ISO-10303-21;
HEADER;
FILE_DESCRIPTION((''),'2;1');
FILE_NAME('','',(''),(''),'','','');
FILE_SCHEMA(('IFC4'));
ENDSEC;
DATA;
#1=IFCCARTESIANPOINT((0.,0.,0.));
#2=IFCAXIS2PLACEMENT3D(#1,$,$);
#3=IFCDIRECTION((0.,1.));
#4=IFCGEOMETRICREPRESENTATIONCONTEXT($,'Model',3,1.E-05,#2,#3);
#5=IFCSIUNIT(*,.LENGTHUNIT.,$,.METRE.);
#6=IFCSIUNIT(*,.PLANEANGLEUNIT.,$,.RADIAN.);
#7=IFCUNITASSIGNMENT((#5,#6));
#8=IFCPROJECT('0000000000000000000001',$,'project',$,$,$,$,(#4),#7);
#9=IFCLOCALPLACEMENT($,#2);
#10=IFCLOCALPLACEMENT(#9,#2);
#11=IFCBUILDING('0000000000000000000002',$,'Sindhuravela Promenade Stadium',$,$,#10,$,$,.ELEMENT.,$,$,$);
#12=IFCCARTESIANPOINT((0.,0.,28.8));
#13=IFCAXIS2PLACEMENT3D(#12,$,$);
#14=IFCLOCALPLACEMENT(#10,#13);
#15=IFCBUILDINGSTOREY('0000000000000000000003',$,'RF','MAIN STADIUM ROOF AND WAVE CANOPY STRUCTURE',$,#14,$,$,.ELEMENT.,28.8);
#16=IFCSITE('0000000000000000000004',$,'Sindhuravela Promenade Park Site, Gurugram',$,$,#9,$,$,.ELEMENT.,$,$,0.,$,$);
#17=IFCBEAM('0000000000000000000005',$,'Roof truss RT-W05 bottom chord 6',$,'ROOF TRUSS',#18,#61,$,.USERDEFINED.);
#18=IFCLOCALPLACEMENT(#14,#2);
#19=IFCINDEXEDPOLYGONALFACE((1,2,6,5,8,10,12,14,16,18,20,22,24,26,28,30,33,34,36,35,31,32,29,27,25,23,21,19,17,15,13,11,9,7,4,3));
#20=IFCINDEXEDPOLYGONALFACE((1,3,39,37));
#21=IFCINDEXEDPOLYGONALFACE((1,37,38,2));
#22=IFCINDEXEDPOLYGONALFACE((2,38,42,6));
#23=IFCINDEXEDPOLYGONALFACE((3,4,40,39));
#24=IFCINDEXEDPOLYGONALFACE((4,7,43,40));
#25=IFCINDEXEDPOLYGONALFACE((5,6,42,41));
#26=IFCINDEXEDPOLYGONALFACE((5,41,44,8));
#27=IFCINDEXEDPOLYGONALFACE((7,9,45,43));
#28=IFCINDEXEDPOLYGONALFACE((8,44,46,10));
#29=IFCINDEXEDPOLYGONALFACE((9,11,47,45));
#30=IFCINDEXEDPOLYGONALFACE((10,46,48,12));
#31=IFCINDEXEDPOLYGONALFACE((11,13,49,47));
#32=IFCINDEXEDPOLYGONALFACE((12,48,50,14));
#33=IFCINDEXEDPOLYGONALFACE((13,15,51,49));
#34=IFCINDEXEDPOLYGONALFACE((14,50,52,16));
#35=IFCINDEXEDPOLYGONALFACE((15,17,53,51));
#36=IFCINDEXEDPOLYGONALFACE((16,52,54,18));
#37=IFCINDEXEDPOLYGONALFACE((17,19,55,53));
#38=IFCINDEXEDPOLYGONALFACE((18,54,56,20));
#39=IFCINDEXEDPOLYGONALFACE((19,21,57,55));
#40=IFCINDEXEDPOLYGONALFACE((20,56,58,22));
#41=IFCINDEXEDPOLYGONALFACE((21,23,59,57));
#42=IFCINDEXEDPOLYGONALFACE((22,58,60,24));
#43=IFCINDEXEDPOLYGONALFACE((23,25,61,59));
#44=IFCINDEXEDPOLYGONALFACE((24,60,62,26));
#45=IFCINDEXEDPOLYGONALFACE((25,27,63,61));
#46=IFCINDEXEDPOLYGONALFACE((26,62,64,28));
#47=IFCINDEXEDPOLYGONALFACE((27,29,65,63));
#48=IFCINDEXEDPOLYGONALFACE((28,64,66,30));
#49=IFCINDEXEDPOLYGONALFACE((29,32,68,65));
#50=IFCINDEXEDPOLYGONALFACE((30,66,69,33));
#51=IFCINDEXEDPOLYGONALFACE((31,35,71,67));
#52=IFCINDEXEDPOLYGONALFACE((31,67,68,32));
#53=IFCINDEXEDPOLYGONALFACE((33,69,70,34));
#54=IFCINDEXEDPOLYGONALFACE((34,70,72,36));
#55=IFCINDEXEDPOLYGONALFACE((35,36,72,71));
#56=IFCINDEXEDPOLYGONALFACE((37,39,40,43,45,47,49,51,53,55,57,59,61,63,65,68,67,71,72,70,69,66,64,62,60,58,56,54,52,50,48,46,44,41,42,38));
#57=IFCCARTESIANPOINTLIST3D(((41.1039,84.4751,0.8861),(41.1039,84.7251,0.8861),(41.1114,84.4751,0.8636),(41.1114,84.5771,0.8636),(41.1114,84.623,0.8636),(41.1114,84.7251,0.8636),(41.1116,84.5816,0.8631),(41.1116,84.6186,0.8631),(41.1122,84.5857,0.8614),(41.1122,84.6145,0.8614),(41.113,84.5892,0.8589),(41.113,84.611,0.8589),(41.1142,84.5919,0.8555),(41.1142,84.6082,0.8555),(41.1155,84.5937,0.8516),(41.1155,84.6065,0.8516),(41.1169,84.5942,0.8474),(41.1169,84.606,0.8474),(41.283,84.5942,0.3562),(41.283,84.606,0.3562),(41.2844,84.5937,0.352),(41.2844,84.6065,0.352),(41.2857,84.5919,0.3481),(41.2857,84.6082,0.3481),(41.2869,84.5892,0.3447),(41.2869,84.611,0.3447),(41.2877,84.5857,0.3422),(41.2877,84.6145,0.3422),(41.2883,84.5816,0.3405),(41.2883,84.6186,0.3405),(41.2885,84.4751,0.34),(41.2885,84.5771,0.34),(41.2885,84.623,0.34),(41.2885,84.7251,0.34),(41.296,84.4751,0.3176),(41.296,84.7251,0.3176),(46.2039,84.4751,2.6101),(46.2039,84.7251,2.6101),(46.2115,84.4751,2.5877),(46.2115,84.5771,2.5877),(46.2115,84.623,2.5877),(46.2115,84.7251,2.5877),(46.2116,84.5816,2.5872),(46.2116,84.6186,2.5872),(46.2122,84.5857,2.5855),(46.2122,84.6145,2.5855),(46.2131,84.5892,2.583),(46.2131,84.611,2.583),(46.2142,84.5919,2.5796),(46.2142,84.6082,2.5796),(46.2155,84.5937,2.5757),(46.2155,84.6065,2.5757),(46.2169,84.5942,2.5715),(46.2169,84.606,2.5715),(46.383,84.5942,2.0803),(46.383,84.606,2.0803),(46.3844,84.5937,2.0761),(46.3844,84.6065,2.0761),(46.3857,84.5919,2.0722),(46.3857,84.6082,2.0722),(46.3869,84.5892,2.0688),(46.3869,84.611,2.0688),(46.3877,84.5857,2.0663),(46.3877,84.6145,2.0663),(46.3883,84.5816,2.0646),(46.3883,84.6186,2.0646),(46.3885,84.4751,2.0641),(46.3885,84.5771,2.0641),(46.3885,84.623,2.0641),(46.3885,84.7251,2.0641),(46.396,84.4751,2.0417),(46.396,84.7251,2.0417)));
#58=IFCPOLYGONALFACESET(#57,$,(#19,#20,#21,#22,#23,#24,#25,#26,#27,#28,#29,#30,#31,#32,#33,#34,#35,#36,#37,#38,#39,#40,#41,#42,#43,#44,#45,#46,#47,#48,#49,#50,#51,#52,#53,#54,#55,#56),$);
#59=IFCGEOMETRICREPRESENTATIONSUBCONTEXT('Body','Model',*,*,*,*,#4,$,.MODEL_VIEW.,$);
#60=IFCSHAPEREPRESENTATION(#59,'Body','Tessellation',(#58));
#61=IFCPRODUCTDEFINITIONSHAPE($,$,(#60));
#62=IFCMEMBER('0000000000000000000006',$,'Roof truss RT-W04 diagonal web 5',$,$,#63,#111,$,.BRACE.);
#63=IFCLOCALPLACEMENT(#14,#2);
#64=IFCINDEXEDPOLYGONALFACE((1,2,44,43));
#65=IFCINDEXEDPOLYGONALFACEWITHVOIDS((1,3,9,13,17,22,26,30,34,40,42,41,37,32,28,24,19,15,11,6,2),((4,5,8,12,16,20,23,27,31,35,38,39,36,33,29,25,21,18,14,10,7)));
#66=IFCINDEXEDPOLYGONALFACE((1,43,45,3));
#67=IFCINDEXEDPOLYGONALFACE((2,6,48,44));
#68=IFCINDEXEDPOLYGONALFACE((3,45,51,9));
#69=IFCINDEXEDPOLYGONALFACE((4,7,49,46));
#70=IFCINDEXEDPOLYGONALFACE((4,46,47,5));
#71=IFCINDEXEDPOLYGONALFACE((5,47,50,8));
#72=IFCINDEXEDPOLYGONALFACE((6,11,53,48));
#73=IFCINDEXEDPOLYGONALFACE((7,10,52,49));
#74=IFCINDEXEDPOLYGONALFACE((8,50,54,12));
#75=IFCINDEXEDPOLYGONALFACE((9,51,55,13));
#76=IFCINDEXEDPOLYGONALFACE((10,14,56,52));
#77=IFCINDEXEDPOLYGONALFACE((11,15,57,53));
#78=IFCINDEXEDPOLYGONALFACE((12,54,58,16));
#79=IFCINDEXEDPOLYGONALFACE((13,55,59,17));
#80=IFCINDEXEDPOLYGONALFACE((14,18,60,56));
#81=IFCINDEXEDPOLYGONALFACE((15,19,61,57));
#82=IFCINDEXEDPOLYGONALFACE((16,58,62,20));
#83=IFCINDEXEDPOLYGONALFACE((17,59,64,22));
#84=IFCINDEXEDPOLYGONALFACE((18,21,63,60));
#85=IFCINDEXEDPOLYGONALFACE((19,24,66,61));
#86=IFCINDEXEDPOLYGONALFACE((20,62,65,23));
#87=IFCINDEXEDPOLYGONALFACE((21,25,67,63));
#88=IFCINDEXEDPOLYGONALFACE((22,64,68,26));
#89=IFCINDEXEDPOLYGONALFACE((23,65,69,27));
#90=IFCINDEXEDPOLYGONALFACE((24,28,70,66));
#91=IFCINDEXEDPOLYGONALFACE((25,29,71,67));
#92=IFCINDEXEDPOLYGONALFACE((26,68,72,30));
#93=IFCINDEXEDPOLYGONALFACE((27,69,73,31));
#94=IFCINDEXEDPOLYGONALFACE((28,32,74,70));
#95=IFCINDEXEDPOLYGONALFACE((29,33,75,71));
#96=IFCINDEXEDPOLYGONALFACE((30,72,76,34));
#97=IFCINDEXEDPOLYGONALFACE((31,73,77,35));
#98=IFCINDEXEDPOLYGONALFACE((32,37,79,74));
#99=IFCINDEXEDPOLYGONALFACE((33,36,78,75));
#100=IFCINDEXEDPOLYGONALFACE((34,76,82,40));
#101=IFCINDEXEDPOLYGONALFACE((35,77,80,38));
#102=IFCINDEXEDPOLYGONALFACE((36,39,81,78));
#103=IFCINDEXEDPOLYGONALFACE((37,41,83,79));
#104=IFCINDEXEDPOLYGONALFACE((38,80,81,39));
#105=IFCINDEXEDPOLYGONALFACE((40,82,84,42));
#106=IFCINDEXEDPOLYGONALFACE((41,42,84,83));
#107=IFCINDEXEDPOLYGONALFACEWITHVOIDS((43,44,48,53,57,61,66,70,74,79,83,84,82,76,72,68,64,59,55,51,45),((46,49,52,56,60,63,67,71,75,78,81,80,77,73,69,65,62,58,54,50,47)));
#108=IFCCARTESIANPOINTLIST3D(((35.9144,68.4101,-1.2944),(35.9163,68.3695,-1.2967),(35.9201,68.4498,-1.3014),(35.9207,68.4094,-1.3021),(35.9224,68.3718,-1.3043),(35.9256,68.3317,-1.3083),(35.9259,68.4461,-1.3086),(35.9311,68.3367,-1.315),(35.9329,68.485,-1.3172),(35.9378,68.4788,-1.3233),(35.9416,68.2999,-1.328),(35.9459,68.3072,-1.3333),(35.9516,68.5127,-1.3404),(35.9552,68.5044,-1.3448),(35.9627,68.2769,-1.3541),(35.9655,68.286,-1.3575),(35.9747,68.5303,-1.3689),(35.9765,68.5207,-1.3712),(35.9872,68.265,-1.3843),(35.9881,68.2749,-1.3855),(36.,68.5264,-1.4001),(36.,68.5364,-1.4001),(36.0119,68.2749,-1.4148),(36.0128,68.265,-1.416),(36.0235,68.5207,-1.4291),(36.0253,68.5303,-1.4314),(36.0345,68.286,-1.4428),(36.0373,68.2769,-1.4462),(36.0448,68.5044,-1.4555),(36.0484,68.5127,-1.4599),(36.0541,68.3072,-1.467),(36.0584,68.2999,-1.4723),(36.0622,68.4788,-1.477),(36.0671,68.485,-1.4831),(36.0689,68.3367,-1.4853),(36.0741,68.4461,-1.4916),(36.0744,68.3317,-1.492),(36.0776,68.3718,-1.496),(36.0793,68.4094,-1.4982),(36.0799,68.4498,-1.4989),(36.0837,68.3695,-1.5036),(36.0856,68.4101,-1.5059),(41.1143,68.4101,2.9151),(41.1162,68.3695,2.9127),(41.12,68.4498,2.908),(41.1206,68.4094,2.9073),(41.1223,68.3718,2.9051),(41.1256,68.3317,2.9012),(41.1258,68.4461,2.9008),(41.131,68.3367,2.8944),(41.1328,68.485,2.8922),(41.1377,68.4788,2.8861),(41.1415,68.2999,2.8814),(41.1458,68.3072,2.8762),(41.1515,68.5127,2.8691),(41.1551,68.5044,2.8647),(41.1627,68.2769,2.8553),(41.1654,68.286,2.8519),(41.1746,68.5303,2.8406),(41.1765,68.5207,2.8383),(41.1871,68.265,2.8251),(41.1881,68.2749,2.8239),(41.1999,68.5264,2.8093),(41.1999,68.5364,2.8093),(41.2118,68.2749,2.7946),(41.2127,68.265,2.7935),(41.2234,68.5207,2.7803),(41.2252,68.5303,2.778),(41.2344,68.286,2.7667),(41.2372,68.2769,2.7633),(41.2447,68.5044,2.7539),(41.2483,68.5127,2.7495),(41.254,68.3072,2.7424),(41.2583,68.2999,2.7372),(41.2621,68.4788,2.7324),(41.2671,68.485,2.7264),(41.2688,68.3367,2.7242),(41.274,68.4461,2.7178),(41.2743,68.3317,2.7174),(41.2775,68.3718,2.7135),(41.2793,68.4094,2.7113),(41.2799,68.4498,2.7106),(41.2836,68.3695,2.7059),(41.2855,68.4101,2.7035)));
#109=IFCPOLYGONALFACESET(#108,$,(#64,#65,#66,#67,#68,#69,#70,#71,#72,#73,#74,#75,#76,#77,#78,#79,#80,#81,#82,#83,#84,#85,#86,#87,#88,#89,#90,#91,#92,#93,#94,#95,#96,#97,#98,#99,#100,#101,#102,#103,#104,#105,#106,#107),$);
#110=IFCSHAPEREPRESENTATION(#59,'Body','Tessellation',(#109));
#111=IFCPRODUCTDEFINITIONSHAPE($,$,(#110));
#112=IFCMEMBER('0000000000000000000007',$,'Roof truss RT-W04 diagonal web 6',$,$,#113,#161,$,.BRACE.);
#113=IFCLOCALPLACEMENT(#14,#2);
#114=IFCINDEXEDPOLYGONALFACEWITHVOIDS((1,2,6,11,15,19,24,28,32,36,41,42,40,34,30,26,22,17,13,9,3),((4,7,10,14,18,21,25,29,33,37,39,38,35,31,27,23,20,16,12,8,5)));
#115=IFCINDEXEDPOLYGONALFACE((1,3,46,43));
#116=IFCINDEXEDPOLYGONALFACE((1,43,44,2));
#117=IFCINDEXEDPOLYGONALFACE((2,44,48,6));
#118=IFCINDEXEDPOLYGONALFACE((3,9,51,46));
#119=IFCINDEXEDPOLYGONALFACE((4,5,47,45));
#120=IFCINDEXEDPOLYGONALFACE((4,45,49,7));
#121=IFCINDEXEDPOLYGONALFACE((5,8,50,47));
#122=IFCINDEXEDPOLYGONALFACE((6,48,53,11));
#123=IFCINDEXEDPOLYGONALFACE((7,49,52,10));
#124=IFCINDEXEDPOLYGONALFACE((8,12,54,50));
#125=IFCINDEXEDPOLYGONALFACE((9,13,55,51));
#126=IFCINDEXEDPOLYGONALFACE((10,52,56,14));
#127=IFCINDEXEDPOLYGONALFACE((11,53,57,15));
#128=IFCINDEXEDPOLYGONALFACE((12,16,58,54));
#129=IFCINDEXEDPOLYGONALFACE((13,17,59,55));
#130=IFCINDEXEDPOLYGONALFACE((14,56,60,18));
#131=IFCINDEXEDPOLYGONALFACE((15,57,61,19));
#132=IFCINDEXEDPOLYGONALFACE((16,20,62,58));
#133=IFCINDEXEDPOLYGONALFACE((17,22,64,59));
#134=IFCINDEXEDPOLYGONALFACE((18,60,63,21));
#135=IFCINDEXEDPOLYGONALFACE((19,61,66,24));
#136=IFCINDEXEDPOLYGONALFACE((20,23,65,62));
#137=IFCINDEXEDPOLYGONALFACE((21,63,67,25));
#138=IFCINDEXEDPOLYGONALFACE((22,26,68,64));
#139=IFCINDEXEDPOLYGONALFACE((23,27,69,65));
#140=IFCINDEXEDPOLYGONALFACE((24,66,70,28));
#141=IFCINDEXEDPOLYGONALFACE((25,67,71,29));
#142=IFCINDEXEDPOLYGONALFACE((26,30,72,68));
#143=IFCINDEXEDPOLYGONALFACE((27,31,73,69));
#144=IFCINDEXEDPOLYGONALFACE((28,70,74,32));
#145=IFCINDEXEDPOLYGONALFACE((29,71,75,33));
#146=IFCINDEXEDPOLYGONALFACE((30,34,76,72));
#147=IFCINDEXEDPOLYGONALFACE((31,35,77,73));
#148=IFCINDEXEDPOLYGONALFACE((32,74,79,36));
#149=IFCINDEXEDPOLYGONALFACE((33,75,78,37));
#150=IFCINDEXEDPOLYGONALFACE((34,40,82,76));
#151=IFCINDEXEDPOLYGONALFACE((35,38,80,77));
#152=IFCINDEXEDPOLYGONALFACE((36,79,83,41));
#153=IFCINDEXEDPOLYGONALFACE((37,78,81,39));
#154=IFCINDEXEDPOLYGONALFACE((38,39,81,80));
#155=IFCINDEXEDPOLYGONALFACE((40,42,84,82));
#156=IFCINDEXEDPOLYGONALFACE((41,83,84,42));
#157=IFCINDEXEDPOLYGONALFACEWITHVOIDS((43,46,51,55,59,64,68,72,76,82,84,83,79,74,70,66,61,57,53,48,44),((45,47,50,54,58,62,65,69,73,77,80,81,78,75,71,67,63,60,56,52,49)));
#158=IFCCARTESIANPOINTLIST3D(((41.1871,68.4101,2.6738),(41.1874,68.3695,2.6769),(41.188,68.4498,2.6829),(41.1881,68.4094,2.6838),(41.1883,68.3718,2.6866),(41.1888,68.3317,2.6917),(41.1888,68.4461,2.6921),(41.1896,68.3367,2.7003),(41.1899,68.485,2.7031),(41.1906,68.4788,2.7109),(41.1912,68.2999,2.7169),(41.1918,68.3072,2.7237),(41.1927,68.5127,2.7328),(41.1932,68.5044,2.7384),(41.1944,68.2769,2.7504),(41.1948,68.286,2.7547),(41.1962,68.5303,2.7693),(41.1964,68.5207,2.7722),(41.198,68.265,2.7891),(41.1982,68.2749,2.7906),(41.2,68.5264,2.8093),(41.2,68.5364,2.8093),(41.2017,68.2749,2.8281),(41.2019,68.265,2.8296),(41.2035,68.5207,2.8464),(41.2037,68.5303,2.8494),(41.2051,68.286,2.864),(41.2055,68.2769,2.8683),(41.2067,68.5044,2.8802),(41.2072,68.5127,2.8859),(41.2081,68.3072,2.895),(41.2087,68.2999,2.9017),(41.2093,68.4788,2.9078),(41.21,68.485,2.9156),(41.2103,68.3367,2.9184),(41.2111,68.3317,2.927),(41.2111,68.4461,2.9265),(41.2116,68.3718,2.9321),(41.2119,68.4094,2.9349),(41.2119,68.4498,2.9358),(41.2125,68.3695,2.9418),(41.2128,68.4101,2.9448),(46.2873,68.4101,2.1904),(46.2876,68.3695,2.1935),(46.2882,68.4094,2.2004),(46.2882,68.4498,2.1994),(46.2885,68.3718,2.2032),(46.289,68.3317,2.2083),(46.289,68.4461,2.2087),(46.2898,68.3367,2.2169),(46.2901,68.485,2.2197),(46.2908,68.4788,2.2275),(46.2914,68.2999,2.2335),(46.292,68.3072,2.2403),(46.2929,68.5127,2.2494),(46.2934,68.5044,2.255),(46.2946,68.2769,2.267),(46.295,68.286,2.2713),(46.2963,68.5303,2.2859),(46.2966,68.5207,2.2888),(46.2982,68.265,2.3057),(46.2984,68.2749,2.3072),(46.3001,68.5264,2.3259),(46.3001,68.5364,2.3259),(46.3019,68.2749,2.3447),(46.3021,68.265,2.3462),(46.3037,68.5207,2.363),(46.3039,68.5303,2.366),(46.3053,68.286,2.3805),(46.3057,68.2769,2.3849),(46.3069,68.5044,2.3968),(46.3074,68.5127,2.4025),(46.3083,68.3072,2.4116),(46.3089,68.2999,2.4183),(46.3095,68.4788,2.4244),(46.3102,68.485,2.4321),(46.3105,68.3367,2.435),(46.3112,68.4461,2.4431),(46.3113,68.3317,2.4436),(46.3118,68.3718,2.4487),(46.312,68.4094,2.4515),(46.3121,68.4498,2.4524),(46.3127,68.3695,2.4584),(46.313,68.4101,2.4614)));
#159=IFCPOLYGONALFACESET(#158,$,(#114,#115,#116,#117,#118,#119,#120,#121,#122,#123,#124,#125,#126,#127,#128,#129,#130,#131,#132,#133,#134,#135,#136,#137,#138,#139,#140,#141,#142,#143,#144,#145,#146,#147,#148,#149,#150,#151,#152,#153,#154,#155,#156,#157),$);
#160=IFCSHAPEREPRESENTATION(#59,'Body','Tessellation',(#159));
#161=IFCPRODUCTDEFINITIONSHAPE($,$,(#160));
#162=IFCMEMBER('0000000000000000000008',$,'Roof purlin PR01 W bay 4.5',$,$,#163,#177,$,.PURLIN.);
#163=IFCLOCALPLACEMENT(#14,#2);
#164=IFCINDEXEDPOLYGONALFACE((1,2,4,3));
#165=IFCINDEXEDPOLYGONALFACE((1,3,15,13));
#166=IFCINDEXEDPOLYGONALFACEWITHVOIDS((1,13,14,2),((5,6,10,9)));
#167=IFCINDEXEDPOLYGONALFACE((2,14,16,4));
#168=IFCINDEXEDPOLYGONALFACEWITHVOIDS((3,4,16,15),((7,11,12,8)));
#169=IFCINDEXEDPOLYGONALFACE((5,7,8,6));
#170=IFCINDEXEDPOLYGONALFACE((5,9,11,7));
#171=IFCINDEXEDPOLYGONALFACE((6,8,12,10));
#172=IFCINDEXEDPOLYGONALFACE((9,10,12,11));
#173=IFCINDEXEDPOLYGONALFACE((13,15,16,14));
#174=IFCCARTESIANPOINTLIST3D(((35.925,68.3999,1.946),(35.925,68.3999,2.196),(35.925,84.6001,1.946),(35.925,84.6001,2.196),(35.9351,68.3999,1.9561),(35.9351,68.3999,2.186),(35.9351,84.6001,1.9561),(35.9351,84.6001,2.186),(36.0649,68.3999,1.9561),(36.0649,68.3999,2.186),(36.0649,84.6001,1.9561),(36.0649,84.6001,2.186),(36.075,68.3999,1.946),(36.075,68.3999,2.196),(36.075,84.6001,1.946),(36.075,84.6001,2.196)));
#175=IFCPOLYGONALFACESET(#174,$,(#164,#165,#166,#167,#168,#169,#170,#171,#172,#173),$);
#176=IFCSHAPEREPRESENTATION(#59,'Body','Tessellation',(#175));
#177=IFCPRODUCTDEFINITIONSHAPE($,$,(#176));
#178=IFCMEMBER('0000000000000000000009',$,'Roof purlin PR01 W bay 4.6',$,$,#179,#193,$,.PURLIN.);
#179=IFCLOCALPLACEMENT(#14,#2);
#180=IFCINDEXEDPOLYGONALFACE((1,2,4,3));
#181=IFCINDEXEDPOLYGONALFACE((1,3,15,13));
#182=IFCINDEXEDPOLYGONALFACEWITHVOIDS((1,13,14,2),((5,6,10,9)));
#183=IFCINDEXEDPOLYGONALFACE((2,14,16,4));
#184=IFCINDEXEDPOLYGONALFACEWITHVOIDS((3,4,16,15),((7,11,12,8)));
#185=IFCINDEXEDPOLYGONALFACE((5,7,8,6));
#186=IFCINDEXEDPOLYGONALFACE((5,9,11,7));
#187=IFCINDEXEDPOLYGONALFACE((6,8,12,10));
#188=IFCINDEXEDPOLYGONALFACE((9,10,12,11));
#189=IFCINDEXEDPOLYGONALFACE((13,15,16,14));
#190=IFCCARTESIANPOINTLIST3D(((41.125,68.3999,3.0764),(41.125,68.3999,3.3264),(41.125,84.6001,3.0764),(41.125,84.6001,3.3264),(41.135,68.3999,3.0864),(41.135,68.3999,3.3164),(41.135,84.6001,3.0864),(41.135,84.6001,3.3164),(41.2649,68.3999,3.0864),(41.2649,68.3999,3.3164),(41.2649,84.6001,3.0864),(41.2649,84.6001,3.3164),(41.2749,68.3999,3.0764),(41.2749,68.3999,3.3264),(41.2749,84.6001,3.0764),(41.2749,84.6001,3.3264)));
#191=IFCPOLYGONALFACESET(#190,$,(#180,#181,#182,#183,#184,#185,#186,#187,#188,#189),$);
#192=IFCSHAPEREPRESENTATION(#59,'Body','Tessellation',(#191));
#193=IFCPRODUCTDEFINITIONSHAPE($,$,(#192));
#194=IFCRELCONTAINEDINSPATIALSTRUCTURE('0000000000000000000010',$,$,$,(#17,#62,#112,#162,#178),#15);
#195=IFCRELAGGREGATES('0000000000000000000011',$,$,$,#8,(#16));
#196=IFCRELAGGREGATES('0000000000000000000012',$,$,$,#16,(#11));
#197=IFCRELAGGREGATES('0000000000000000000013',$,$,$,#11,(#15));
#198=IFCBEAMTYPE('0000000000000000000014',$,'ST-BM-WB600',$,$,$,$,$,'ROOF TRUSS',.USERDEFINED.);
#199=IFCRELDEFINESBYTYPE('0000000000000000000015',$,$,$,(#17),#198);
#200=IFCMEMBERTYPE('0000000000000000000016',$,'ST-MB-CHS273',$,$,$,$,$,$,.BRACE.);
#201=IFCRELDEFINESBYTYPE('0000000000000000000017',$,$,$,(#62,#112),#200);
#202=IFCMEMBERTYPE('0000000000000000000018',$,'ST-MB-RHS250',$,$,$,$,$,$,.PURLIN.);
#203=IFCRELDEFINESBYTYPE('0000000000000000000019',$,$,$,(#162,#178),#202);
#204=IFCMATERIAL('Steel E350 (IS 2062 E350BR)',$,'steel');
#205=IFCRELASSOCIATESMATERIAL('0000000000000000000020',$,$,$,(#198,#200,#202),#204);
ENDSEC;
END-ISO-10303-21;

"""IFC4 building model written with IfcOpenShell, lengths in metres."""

from ifc_helpers import new_model, si_unit, direction, frame, origin, origin_2d, place, context, subcontext, project, spatial, hollow_rectangle, hollow_circle, i_section, extrude, material, material_profile, profile_set, type_object, element, save


model = new_model("IFC4")

# Units and contexts
model_context = context("Model", 3, precision=1e-05, world=origin(), true_north=direction((0.0, 1.0)))
body_context = subcontext(model_context, "Body", "Model", "MODEL_VIEW")
ifc_project = project(units=[si_unit("LENGTHUNIT", "METRE"), si_unit("PLANEANGLEUNIT", "RADIAN")], contexts=[model_context])

# Site, building, storey
site_placement = place(None, origin())
site = spatial("IfcSite", under=ifc_project, at=site_placement, Name="Sindhuravela Promenade Park Site, Gurugram", CompositionType="ELEMENT", RefElevation=0.0)
building_placement = place(site_placement, origin())
building = spatial("IfcBuilding", under=site, at=building_placement, Name="Sindhuravela Promenade Stadium", CompositionType="ELEMENT")
storey_placement = place(building_placement, frame((0.0, 0.0, 28.8)))
storey = spatial("IfcBuildingStorey", under=building, at=storey_placement, Name="RF", Description="MAIN STADIUM ROOF AND WAVE CANOPY STRUCTURE", CompositionType="ELEMENT", Elevation=28.8)

# Beam
ifc_material_1 = material(Name="Steel E350 (IS 2062 E350BR)", Category="steel")
ifc_material_profile_1 = material_profile(ifc_material_1, i_section(OverallWidth=0.25, OverallDepth=0.6001, WebThickness=0.0117, FlangeThickness=0.0237, FilletRadius=0.0171, at=origin_2d()), Name="ISWB 600")
ifc_profile_set_1 = profile_set([ifc_material_profile_1], Name="Steel E350 (IS 2062 E350BR)")
beam_type_1 = type_object("IfcBeamType", Name="ST-BM-WB600", ElementType="ROOF TRUSS", PredefinedType="USERDEFINED", material=ifc_profile_set_1)
beam_1_placement = place(storey_placement, frame((41.2, 84.6001, 0.6018), z_axis=(0.947332, 0.0, 0.320252), x_axis=(0.0, 1.0, 0.0)))
element("IfcBeam", 1, at=beam_1_placement, inside=storey, type_object=beam_type_1, Name="Roof truss RT-W05 bottom chord 6", ObjectType="ROOF TRUSS", PredefinedType="USERDEFINED", context=body_context, shape_type="SweptSolid", body=[
    extrude(i_section(OverallWidth=0.25, OverallDepth=0.6001, WebThickness=0.0117, FlangeThickness=0.0237, FilletRadius=0.0171, at=origin_2d()), origin(), (0.0, 0.0, 1.0), 5.3835),
])

# Members
ifc_material_profile_2 = material_profile(ifc_material_1, hollow_circle(Radius=0.1365, WallThickness=0.01, at=origin_2d()), Name="CHS 273.0x10")
ifc_profile_set_2 = profile_set([ifc_material_profile_2], Name="Steel E350 (IS 2062 E350BR)")
member_type_1 = type_object("IfcMemberType", Name="ST-MB-CHS273", PredefinedType="BRACE", material=ifc_profile_set_2)
member_1_placement = place(storey_placement, frame((36.0, 68.3999, -1.4001), z_axis=(0.777246, 0.0, 0.629197), x_axis=(0.0, 1.0, 0.0)))
element("IfcMember", 2, at=member_1_placement, inside=storey, type_object=member_type_1, Name="Roof truss RT-W04 diagonal web 5", PredefinedType="BRACE", context=body_context, shape_type="SweptSolid", body=[
    extrude(hollow_circle(Radius=0.1365, WallThickness=0.01, at=origin_2d()), origin(), (0.0, 0.0, 1.0), 6.6902),
])
member_2_placement = place(storey_placement, frame((41.2, 68.3999, 2.8093), z_axis=(0.995538, 0.0, -0.094359), x_axis=(0.0, 1.0, 0.0)))
element("IfcMember", 3, at=member_2_placement, inside=storey, type_object=member_type_1, Name="Roof truss RT-W04 diagonal web 6", PredefinedType="BRACE", context=body_context, shape_type="SweptSolid", body=[
    extrude(hollow_circle(Radius=0.1365, WallThickness=0.01, at=origin_2d()), origin(), (0.0, 0.0, 1.0), 5.123),
])
ifc_material_profile_3 = material_profile(ifc_material_1, hollow_rectangle(XDim=0.1499, YDim=0.25, WallThickness=0.01, at=origin_2d()), Name="RHS 250x150x10")
ifc_profile_set_3 = profile_set([ifc_material_profile_3], Name="Steel E350 (IS 2062 E350BR)")
member_type_2 = type_object("IfcMemberType", Name="ST-MB-RHS250", PredefinedType="PURLIN", material=ifc_profile_set_3)
for number, where, z_axis, x_axis, name in (
    (4, (36.0, 68.3999, 2.071), (0.0, 1.0, 0.0), (-1.0, 0.0, 0.0), "Roof purlin PR01 W bay 4.5"),
    (5, (41.2, 68.3999, 3.2014), (0.0, 1.0, 0.0), (-1.0, 0.0, 0.0), "Roof purlin PR01 W bay 4.6"),
):
    element("IfcMember", number, at=place(storey_placement, frame(where, z_axis=z_axis, x_axis=x_axis)), inside=storey, type_object=member_type_2, Name=name, PredefinedType="PURLIN", context=body_context, shape_type="SweptSolid", body=[
        extrude(hollow_rectangle(XDim=0.1499, YDim=0.25, WallThickness=0.01, at=origin_2d()), origin(), (0.0, 0.0, 1.0), 16.2002),
    ])

save(model, "model.ifc")
